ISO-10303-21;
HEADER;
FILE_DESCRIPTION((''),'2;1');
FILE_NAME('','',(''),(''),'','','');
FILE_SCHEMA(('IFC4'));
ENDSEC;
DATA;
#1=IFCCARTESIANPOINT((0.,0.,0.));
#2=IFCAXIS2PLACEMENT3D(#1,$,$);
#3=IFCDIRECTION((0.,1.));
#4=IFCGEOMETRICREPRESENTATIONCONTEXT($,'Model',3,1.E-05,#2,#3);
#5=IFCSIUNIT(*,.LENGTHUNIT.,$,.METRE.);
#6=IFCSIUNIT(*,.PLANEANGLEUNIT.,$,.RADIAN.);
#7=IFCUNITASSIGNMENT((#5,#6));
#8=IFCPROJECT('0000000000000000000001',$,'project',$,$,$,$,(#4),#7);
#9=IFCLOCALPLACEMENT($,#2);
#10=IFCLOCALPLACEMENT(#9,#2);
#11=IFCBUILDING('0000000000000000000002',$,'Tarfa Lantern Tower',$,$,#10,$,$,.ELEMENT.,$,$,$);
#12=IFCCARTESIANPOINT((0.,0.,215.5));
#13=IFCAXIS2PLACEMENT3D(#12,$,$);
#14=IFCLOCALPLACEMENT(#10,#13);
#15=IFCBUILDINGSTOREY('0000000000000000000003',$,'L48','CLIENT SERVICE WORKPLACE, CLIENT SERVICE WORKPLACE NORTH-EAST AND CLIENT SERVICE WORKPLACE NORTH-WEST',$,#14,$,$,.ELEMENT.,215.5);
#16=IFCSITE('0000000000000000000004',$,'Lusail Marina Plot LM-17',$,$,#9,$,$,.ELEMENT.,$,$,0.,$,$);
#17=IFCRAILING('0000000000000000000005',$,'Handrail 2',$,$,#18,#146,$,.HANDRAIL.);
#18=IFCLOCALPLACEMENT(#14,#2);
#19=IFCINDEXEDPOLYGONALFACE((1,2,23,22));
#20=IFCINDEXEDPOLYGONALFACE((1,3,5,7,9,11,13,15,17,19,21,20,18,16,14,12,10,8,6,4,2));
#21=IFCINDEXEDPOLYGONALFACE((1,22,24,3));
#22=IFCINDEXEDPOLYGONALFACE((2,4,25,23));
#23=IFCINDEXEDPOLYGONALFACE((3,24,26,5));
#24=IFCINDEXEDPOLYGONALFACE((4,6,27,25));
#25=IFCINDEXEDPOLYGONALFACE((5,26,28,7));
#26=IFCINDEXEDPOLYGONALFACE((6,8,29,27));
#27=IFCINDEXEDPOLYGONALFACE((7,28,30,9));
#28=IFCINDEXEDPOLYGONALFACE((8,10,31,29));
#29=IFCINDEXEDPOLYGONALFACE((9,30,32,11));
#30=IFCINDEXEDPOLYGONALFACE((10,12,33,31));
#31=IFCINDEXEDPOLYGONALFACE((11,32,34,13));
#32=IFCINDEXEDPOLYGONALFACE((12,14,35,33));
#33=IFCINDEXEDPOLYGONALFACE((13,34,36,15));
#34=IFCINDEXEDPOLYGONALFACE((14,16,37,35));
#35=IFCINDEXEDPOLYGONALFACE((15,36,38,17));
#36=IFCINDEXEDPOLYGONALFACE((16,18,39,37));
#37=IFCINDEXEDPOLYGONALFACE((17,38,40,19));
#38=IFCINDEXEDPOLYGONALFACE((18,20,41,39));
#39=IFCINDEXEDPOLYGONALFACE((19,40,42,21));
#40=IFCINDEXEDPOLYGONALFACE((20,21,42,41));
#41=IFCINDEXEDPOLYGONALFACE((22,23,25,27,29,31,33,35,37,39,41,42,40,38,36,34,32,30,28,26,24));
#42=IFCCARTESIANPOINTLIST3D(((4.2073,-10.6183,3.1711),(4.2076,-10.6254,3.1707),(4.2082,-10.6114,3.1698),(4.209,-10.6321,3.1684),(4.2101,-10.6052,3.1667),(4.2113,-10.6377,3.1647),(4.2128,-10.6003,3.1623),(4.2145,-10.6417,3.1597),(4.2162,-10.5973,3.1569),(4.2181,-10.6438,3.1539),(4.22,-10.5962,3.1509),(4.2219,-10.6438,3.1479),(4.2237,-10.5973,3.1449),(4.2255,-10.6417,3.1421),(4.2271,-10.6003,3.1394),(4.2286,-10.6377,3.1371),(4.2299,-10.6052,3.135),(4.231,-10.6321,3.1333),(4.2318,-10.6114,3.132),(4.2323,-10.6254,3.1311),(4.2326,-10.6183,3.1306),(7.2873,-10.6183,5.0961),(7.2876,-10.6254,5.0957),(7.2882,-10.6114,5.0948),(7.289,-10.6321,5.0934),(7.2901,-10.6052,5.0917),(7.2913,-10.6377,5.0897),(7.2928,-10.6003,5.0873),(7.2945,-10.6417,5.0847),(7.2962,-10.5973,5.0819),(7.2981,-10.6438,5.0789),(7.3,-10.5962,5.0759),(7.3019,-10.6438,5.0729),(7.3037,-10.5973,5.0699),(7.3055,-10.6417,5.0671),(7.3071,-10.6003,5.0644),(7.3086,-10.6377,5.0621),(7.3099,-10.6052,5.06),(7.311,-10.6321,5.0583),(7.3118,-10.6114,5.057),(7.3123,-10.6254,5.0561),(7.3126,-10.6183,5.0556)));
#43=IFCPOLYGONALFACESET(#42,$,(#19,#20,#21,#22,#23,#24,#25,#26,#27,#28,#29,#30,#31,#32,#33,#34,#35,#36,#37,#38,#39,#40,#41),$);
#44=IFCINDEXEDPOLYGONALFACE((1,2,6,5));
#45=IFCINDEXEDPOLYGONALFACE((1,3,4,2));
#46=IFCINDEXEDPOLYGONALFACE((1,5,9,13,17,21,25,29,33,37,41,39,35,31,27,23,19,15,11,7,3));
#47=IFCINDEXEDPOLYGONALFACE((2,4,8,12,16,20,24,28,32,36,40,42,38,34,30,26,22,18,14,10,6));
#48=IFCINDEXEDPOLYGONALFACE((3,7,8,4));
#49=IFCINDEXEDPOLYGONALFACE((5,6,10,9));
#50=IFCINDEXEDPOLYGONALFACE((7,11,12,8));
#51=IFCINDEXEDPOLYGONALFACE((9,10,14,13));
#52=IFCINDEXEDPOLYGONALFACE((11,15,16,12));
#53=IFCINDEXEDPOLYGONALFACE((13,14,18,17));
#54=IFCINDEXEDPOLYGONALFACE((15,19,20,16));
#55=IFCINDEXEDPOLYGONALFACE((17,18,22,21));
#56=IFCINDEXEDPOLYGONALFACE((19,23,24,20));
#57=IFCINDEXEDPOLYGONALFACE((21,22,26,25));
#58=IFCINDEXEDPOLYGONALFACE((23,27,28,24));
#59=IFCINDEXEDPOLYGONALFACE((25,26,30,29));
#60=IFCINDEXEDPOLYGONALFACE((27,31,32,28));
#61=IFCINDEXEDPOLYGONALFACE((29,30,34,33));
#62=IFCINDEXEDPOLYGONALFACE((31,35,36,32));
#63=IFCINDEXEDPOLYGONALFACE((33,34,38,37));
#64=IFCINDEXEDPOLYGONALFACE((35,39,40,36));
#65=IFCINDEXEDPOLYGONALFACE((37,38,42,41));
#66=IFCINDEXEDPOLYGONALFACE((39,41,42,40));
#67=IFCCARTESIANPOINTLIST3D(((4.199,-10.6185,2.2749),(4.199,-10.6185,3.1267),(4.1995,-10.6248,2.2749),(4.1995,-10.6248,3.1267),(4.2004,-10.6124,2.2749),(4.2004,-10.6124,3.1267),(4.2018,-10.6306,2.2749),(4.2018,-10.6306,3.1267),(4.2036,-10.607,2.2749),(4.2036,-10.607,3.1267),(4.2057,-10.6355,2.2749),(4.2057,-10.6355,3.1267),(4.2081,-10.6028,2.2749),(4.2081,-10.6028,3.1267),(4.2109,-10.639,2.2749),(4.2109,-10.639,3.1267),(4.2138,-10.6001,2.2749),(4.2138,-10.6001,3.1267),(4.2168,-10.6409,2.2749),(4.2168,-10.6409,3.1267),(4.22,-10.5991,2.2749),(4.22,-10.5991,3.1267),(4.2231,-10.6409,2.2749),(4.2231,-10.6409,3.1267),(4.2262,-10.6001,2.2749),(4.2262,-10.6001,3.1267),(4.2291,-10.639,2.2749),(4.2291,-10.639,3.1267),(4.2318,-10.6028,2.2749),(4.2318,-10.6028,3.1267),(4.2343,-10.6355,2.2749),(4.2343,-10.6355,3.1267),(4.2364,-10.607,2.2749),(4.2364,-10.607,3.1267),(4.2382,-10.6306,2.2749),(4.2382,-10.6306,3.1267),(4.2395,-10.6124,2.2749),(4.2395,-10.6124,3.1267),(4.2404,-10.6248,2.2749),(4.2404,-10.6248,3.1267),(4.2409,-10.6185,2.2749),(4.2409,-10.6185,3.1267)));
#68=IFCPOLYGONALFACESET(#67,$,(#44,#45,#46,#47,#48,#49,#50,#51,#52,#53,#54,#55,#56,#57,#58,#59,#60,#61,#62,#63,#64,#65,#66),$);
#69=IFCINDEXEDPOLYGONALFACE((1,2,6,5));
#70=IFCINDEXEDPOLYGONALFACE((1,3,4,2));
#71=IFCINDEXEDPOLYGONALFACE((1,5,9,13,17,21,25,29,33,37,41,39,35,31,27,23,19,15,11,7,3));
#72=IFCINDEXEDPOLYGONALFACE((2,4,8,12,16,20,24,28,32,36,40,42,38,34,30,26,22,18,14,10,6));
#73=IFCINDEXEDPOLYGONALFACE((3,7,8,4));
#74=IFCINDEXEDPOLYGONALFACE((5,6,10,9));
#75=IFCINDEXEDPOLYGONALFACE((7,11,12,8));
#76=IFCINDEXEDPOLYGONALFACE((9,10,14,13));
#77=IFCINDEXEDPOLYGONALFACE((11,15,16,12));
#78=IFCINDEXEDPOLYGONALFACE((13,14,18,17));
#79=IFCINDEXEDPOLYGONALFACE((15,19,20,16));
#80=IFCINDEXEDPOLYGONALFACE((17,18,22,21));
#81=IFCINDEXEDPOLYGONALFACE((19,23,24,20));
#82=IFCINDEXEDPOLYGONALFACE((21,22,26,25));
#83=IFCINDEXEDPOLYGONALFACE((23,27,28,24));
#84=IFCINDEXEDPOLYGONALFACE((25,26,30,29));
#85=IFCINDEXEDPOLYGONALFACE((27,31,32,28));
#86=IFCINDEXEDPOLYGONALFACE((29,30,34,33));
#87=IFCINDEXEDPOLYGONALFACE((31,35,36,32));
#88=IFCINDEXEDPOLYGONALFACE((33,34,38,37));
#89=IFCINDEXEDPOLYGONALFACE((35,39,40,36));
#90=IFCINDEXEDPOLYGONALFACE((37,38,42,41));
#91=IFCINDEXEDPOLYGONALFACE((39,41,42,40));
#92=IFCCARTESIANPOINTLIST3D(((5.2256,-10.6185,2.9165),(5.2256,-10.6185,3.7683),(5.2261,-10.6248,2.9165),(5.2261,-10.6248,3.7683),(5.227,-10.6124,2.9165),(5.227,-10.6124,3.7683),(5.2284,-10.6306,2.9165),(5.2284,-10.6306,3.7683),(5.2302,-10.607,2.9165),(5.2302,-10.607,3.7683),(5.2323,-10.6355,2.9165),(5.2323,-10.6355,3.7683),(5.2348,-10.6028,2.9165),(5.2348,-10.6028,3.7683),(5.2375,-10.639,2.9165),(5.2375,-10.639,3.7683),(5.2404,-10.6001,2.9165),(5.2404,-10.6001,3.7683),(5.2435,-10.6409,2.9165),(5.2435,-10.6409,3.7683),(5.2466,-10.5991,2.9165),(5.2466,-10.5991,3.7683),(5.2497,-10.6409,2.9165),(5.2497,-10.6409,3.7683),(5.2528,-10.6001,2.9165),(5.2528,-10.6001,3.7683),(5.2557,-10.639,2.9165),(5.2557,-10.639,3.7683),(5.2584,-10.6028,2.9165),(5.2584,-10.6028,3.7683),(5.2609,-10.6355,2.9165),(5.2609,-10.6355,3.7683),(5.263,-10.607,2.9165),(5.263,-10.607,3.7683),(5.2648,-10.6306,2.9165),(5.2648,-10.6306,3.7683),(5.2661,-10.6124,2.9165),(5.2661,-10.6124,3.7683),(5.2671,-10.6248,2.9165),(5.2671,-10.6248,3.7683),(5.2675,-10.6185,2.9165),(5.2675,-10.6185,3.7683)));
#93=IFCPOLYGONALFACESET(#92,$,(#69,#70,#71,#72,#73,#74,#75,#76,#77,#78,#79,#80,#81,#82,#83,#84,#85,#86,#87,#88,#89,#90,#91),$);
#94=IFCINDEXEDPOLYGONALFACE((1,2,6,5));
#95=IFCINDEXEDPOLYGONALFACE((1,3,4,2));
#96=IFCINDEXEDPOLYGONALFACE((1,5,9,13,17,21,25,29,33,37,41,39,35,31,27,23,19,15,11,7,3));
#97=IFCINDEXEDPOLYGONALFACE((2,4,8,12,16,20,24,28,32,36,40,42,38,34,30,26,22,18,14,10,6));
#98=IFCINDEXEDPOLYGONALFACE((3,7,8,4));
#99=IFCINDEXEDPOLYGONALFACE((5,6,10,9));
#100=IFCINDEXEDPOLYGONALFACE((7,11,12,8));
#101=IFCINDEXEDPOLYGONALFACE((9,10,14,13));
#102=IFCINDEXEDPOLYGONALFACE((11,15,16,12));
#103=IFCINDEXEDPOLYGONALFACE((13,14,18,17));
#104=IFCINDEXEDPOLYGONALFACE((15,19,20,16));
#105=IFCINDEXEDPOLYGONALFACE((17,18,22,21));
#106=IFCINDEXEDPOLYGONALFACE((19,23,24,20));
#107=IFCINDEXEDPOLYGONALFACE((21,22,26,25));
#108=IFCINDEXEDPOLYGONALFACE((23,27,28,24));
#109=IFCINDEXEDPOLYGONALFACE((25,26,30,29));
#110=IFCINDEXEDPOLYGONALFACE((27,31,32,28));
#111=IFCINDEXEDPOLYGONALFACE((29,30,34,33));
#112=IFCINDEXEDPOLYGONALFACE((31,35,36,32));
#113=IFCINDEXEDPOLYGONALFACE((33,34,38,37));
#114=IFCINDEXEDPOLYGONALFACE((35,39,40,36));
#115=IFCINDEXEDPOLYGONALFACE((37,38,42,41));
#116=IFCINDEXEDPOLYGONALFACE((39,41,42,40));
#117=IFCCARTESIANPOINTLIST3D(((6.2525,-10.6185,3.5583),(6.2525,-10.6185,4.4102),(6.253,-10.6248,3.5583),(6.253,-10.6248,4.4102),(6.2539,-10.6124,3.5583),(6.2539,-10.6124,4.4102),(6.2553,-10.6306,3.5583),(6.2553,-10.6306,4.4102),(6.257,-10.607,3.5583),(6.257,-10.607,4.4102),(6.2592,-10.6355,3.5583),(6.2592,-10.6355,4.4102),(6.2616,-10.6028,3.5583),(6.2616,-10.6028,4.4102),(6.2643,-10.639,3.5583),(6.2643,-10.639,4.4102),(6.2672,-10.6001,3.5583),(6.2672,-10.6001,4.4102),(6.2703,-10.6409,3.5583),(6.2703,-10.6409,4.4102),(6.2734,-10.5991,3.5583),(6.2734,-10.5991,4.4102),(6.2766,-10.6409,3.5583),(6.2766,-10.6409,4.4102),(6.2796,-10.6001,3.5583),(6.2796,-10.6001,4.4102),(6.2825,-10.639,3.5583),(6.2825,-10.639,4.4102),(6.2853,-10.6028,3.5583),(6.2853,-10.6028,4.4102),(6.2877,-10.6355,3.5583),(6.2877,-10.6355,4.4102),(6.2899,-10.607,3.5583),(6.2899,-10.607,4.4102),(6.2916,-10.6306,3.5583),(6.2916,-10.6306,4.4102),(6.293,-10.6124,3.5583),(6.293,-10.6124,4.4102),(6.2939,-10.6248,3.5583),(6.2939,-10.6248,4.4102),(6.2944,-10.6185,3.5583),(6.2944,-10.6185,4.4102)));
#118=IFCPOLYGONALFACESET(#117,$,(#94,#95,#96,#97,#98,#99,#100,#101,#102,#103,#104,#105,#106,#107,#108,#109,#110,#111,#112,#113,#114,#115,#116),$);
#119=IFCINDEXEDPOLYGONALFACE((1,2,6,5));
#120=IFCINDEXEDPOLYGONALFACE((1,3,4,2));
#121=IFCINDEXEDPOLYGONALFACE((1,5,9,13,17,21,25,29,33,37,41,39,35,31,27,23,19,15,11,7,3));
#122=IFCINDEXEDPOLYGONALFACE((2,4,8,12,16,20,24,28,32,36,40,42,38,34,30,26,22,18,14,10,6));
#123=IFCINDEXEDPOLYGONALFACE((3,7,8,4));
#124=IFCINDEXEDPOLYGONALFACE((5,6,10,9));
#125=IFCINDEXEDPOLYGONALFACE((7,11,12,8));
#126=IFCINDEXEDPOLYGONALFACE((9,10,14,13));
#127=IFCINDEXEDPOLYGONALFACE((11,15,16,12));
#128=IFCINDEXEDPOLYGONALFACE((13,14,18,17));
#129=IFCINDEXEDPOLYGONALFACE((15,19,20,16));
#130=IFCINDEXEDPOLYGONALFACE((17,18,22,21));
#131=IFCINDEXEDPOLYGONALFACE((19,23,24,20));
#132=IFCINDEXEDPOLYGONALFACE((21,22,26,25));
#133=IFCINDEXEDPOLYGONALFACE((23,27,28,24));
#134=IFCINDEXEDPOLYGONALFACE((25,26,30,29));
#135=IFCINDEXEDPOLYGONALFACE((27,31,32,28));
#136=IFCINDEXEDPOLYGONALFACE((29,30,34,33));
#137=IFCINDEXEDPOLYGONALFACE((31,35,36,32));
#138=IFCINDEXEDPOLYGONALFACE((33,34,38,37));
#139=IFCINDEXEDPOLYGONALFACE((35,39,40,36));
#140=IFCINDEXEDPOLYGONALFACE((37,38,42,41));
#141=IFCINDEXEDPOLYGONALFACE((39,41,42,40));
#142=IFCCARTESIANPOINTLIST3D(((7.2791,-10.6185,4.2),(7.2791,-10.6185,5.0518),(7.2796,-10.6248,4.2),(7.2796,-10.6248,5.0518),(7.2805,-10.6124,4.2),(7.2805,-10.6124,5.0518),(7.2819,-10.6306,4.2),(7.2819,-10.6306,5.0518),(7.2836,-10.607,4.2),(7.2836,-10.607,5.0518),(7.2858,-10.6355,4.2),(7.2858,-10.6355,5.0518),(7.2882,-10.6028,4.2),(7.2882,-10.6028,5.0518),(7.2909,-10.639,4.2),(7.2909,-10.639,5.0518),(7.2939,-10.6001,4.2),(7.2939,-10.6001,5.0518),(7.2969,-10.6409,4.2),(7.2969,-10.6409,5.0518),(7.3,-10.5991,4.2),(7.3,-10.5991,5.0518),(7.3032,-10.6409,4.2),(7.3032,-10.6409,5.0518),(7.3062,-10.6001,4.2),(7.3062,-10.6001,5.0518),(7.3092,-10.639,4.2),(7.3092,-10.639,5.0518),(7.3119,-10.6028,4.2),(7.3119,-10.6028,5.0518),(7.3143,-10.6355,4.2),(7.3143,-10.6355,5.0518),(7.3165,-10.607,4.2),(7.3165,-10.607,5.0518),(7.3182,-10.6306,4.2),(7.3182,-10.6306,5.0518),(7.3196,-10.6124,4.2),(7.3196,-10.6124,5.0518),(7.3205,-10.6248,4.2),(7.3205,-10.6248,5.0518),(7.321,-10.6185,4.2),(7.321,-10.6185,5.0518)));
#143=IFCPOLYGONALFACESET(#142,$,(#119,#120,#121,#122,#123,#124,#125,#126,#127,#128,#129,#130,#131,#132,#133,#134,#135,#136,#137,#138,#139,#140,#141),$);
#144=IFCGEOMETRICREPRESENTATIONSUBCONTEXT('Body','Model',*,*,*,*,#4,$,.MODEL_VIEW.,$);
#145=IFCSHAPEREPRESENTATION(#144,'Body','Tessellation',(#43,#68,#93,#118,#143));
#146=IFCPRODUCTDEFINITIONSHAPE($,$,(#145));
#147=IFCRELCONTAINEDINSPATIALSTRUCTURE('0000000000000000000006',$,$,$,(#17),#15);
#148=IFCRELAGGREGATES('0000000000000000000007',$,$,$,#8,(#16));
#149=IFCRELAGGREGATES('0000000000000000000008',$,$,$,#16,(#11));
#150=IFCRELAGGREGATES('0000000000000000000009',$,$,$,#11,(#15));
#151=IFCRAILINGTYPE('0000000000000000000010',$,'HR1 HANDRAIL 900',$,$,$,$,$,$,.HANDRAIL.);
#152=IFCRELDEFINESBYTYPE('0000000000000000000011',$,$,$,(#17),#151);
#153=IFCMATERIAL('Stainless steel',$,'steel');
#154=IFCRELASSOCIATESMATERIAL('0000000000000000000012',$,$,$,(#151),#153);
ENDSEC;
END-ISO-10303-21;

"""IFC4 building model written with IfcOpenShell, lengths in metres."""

from ifc_helpers import new_model, si_unit, direction, frame, origin, origin_2d, place, context, subcontext, project, spatial, circle, extrude, material, type_object, element, save


model = new_model("IFC4")

# Units and contexts
model_context = context("Model", 3, precision=1e-05, world=origin(), true_north=direction((0.0, 1.0)))
body_context = subcontext(model_context, "Body", "Model", "MODEL_VIEW")
ifc_project = project(units=[si_unit("LENGTHUNIT", "METRE"), si_unit("PLANEANGLEUNIT", "RADIAN")], contexts=[model_context])

# Site, building, storey
site_placement = place(None, origin())
site = spatial("IfcSite", under=ifc_project, at=site_placement, Name="Lusail Marina Plot LM-17", CompositionType="ELEMENT", RefElevation=0.0)
building_placement = place(site_placement, origin())
building = spatial("IfcBuilding", under=site, at=building_placement, Name="Tarfa Lantern Tower", CompositionType="ELEMENT")
storey_placement = place(building_placement, frame((0.0, 0.0, 215.5)))
storey = spatial("IfcBuildingStorey", under=building, at=storey_placement, Name="L48", Description="CLIENT SERVICE WORKPLACE, CLIENT SERVICE WORKPLACE NORTH-EAST AND CLIENT SERVICE WORKPLACE NORTH-WEST", CompositionType="ELEMENT", Elevation=215.5)

# Railing
ifc_material_1 = material(Name="Stainless steel", Category="steel")
railing_type = type_object("IfcRailingType", Name="HR1 HANDRAIL 900", PredefinedType="HANDRAIL", material=ifc_material_1)
railing_placement = place(storey_placement, frame((4.22, -10.6201, 2.2749)))
element("IfcRailing", 1, at=railing_placement, inside=storey, type_object=railing_type, Name="Handrail 2", PredefinedType="HANDRAIL", context=body_context, shape_type="SweptSolid", body=[
    extrude(circle(Radius=0.0239, at=origin_2d()), frame((0.0, 0.0, 0.876), z_axis=(0.847998, 0.0, 0.529999), x_axis=(0.0, 1.0, 0.0)), (0.0, 0.0, 1.0), 3.6321),
    extrude(circle(Radius=0.021, at=origin_2d()), frame((0.0, 0.0, 0.0), z_axis=(0.0, 0.0, 1.0), x_axis=(0.0, 1.0, 0.0)), (0.0, 0.0, 1.0), 0.8518),
    extrude(circle(Radius=0.021, at=origin_2d()), frame((1.0266, 0.0, 0.6416), z_axis=(0.0, 0.0, 1.0), x_axis=(0.0, 1.0, 0.0)), (0.0, 0.0, 1.0), 0.8518),
    extrude(circle(Radius=0.021, at=origin_2d()), frame((2.0535, 0.0, 1.2834), z_axis=(0.0, 0.0, 1.0), x_axis=(0.0, 1.0, 0.0)), (0.0, 0.0, 1.0), 0.8518),
    extrude(circle(Radius=0.021, at=origin_2d()), frame((3.0801, 0.0, 1.925), z_axis=(0.0, 0.0, 1.0), x_axis=(0.0, 1.0, 0.0)), (0.0, 0.0, 1.0), 0.8518),
])

save(model, "model.ifc")
